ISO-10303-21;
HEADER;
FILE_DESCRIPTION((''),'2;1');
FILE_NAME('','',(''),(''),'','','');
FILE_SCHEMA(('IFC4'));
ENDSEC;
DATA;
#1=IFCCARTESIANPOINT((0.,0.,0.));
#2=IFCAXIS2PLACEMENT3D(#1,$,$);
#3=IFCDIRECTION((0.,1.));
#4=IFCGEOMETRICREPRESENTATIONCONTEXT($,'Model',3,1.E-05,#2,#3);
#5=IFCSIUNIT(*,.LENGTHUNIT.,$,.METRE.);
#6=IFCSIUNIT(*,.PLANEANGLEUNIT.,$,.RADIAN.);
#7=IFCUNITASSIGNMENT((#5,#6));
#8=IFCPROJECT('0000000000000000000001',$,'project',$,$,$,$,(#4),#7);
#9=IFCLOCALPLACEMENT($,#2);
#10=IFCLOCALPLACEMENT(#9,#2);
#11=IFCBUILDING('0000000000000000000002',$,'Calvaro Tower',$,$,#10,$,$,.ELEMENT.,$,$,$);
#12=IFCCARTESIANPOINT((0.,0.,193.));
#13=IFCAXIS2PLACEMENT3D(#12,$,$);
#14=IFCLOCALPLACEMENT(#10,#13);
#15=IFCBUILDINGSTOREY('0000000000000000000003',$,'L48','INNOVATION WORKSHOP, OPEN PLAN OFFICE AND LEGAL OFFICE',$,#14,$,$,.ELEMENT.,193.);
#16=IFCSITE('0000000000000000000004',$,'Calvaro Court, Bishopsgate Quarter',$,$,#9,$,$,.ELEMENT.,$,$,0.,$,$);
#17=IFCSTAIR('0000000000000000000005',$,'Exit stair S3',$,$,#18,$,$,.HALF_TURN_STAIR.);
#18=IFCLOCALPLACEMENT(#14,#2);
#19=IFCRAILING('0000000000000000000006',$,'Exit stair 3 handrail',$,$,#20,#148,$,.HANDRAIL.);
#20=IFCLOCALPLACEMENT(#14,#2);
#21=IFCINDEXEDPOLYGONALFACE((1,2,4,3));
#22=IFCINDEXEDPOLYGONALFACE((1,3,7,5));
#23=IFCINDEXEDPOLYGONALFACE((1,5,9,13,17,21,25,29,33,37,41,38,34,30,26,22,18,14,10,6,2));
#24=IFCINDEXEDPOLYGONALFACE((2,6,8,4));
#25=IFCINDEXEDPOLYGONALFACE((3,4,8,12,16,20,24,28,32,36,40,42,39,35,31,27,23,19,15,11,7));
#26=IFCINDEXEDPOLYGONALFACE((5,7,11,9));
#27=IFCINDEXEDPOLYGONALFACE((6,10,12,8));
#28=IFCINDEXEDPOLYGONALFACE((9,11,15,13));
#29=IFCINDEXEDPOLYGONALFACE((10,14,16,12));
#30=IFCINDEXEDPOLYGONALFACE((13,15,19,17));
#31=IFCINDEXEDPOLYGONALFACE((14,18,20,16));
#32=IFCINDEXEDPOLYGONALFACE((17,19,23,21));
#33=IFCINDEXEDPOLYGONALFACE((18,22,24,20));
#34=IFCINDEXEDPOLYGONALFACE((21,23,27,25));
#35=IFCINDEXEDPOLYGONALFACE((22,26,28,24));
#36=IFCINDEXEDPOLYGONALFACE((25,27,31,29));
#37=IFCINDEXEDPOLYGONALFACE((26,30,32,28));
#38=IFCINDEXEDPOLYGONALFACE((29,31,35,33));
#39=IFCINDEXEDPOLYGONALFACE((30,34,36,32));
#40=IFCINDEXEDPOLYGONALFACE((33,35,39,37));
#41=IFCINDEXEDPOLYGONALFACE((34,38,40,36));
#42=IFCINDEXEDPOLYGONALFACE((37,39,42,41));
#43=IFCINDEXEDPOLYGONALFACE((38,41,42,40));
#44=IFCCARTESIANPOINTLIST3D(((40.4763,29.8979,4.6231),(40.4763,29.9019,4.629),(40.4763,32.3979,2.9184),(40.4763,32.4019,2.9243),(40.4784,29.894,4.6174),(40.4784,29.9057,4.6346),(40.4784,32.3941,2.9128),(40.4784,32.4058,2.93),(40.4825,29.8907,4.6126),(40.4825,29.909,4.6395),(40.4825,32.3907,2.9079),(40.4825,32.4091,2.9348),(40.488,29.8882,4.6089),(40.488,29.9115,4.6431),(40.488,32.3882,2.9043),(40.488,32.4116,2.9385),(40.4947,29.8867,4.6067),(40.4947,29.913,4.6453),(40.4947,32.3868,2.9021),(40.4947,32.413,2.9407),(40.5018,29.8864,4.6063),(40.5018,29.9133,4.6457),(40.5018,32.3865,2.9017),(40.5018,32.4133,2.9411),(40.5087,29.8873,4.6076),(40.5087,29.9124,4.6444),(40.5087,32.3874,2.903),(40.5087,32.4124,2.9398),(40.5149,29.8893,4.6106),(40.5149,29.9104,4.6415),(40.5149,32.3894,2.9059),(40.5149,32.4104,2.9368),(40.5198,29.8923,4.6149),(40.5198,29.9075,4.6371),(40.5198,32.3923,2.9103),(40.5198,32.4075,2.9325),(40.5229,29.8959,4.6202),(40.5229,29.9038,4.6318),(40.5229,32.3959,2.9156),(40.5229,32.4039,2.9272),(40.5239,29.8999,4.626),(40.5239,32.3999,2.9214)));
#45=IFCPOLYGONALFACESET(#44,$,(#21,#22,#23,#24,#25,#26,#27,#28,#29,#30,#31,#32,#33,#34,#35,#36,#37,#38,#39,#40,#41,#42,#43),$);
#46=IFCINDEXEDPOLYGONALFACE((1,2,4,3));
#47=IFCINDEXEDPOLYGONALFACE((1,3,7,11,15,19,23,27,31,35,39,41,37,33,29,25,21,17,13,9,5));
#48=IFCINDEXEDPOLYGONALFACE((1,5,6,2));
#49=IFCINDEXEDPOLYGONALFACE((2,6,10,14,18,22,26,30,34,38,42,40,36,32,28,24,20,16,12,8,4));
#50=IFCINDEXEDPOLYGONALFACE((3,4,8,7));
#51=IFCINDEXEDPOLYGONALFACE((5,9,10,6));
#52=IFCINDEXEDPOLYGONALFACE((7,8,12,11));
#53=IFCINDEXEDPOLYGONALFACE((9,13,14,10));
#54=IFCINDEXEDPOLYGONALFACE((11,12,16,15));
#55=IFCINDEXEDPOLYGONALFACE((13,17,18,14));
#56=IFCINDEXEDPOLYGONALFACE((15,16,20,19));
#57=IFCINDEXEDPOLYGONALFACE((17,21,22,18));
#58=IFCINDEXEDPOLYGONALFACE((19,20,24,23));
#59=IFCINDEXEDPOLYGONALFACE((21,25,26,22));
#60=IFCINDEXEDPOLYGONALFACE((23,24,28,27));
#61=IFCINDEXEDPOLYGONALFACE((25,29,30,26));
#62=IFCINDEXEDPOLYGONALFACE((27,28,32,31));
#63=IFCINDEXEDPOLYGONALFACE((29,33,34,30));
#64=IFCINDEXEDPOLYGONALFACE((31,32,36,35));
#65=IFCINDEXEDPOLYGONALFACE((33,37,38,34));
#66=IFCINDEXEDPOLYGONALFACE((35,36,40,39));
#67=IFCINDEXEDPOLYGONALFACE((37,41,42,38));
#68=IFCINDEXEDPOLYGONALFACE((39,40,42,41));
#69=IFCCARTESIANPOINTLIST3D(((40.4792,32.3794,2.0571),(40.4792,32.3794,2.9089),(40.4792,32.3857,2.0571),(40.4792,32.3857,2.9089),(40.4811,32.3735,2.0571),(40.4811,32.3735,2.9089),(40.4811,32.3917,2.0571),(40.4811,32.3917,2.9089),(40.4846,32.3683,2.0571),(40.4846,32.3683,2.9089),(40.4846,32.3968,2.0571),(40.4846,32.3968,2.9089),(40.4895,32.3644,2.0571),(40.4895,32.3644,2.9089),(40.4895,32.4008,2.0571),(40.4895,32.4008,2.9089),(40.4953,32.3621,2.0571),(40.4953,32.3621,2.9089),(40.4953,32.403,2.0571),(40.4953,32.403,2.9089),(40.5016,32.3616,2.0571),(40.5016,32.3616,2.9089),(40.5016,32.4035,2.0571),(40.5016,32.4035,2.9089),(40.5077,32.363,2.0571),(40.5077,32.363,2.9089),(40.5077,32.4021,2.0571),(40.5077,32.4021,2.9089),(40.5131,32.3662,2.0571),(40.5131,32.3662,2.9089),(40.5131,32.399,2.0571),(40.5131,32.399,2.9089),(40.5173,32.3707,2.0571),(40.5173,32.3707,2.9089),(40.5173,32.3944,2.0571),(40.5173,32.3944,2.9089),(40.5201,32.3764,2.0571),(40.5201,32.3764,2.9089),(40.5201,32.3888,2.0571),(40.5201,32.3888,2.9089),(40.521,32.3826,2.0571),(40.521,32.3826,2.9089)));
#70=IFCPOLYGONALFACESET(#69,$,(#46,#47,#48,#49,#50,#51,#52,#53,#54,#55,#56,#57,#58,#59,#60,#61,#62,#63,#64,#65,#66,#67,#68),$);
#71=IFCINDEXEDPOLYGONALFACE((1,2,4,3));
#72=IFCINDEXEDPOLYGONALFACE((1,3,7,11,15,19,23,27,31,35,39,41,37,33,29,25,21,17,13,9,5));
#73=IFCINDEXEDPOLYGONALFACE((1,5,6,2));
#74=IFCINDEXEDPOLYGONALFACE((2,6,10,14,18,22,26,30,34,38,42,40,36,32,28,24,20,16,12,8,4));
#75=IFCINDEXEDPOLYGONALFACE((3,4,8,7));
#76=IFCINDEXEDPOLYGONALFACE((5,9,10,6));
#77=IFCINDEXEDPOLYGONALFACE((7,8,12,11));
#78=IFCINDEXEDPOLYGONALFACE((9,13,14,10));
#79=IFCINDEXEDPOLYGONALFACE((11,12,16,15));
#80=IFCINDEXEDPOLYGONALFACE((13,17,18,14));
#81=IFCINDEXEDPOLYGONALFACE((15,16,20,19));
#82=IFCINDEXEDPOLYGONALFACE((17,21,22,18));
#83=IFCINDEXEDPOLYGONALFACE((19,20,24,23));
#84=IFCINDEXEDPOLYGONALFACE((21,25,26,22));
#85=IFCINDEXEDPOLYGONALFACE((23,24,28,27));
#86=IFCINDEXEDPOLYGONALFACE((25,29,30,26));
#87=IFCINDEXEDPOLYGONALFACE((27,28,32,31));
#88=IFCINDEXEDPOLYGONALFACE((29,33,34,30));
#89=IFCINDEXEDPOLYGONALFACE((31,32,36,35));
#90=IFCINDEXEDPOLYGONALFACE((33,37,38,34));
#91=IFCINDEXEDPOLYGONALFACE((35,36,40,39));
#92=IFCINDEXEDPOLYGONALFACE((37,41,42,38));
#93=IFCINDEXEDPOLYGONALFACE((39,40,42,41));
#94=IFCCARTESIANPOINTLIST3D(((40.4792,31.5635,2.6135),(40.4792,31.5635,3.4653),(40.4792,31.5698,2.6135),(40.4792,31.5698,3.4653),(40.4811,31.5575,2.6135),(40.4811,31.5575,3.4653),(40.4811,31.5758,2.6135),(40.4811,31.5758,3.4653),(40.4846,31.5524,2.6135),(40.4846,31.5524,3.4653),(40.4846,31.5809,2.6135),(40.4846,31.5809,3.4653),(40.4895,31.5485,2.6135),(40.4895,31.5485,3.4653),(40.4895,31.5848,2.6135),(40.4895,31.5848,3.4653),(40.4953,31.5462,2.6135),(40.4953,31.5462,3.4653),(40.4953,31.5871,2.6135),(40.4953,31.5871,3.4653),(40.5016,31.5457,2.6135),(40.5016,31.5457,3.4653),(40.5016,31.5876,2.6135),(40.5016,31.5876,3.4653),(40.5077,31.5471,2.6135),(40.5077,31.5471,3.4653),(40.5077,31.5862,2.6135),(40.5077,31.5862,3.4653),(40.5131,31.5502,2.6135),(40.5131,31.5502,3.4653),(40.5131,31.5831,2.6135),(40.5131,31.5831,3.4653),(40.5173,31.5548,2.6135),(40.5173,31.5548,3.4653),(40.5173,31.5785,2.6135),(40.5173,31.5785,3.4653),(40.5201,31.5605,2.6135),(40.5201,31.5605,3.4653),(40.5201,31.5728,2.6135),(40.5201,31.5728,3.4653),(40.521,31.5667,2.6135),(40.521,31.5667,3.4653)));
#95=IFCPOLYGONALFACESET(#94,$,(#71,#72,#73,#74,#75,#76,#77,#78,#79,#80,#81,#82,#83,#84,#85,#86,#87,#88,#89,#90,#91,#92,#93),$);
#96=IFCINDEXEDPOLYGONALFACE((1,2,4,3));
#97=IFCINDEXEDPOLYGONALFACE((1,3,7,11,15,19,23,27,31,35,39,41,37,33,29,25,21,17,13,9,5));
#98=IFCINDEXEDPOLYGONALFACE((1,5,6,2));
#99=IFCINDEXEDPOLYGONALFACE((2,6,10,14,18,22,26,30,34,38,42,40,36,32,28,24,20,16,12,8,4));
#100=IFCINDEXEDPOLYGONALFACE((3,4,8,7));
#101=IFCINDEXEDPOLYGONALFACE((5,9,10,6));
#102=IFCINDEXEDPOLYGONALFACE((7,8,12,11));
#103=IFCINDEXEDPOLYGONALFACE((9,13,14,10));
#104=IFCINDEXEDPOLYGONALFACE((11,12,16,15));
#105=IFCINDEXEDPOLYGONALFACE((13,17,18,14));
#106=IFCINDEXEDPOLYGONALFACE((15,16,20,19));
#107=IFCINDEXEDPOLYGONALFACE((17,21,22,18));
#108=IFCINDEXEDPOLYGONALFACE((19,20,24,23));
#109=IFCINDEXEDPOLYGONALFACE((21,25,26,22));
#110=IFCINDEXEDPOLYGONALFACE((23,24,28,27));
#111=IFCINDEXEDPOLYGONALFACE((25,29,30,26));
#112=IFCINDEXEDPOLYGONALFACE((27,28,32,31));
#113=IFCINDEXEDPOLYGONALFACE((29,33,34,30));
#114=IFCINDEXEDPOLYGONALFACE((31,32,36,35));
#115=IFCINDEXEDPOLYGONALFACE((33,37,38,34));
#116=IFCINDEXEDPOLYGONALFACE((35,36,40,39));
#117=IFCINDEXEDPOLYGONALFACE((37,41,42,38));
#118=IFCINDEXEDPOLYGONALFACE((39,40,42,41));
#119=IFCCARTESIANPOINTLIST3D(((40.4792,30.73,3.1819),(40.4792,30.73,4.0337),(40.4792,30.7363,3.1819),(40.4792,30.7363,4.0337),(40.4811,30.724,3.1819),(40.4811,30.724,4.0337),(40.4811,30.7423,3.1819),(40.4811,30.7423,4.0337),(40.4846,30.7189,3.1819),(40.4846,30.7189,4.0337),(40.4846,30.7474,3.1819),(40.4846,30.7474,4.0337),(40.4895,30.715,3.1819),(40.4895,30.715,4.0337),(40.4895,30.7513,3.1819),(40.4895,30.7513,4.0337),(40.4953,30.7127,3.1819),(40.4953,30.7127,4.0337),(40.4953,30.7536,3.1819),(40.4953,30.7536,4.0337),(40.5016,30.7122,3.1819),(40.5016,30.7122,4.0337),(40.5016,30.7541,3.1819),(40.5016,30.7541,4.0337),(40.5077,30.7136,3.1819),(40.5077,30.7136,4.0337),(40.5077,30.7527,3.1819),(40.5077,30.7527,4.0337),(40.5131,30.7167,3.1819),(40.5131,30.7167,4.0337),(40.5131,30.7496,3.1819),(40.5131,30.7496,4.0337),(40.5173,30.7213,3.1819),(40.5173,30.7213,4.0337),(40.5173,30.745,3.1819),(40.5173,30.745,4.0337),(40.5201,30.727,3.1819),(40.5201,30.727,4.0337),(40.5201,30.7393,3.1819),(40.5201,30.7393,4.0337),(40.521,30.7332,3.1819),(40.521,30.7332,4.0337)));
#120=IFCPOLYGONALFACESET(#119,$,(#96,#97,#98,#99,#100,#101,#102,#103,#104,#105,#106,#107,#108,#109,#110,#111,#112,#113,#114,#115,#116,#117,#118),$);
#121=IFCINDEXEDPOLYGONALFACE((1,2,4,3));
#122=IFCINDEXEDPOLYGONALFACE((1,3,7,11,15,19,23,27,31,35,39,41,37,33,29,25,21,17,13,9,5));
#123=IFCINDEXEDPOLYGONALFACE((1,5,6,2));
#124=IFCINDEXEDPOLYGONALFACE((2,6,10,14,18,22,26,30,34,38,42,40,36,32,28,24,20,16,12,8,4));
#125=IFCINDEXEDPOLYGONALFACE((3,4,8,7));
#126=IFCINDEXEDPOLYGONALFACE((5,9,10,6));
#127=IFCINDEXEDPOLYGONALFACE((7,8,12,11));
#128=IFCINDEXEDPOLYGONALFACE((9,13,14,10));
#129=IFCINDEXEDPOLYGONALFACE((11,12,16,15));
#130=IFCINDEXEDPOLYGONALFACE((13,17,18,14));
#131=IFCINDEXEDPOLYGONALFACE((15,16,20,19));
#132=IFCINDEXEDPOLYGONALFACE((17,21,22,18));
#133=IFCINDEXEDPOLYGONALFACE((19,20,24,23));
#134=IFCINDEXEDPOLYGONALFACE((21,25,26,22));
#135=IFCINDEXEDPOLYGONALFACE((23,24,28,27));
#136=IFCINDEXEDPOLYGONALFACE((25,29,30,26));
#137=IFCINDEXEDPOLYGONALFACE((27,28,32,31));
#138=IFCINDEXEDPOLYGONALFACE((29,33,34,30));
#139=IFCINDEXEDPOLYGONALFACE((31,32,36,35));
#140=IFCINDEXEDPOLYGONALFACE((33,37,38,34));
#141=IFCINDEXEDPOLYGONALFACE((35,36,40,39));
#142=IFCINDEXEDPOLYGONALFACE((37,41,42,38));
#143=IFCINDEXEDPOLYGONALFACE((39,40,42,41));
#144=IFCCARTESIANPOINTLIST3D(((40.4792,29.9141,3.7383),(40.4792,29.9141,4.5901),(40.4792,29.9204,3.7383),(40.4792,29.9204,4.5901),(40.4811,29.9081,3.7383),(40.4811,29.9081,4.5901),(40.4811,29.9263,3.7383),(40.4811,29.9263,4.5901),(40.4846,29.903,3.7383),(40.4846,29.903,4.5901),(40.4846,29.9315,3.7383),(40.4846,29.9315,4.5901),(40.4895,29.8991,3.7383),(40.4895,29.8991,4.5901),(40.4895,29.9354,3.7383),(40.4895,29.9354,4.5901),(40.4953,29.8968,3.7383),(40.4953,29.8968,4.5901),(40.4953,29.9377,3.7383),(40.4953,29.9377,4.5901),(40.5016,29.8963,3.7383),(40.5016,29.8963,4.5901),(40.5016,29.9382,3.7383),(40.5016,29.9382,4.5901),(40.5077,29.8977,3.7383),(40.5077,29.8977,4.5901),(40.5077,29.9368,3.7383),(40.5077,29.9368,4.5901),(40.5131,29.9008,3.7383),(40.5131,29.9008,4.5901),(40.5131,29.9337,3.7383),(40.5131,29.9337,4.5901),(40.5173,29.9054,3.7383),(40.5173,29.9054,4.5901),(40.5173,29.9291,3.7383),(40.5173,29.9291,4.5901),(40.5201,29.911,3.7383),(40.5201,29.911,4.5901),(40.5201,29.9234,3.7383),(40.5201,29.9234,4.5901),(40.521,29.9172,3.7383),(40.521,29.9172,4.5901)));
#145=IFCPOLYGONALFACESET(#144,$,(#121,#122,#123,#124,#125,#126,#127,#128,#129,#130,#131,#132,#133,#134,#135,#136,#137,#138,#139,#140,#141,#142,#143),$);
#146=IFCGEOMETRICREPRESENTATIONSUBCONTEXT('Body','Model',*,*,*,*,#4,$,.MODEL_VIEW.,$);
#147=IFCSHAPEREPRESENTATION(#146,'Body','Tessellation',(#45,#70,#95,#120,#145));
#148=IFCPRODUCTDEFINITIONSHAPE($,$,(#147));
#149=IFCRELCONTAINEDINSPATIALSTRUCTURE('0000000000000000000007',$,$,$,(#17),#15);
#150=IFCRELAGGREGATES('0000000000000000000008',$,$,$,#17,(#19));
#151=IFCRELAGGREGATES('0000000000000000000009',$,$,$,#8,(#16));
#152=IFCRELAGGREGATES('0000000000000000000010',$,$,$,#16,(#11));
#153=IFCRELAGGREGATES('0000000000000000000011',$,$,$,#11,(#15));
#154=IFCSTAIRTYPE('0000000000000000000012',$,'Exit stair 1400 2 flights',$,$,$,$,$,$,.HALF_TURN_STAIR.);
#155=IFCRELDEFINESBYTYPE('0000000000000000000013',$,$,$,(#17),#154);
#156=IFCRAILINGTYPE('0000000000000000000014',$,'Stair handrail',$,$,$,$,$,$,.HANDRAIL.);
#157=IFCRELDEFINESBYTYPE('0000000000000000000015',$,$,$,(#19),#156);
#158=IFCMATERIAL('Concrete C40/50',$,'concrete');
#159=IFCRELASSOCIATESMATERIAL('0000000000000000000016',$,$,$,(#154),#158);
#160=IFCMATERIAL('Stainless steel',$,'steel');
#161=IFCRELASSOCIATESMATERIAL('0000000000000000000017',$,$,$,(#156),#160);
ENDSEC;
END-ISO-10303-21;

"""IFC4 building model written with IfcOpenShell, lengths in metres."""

from ifc_helpers import new_model, si_unit, direction, frame, origin, origin_2d, place, context, subcontext, project, spatial, circle, extrude, material, type_object, element, aggregate, save


model = new_model("IFC4")

# Units and contexts
model_context = context("Model", 3, precision=1e-05, world=origin(), true_north=direction((0.0, 1.0)))
body_context = subcontext(model_context, "Body", "Model", "MODEL_VIEW")
ifc_project = project(units=[si_unit("LENGTHUNIT", "METRE"), si_unit("PLANEANGLEUNIT", "RADIAN")], contexts=[model_context])

# Site, building, storey
site_placement = place(None, origin())
site = spatial("IfcSite", under=ifc_project, at=site_placement, Name="Calvaro Court, Bishopsgate Quarter", CompositionType="ELEMENT", RefElevation=0.0)
building_placement = place(site_placement, origin())
building = spatial("IfcBuilding", under=site, at=building_placement, Name="Calvaro Tower", CompositionType="ELEMENT")
storey_placement = place(building_placement, frame((0.0, 0.0, 193.0)))
storey = spatial("IfcBuildingStorey", under=building, at=storey_placement, Name="L48", Description="INNOVATION WORKSHOP, OPEN PLAN OFFICE AND LEGAL OFFICE", CompositionType="ELEMENT", Elevation=193.0)

# Stair
ifc_material_1 = material(Name="Concrete C40/50", Category="concrete")
stair_type = type_object("IfcStairType", Name="Exit stair 1400 2 flights", PredefinedType="HALF_TURN_STAIR", material=ifc_material_1)
stair_1_placement = place(storey_placement, origin())
stair_1 = element("IfcStair", 1, at=stair_1_placement, inside=storey, type_object=stair_type, Name="Exit stair S3", PredefinedType="HALF_TURN_STAIR")

# Railing
ifc_material_2 = material(Name="Stainless steel", Category="steel")
railing_type = type_object("IfcRailingType", Name="Stair handrail", PredefinedType="HANDRAIL", material=ifc_material_2)
railing_1_placement = place(storey_placement, frame((40.5, 32.3999, 2.0454)))
railing_1 = element("IfcRailing", 2, at=railing_1_placement, type_object=railing_type, Name="Exit stair 3 handrail", PredefinedType="HANDRAIL", context=body_context, shape_type="SweptSolid", body=[
    extrude(circle(Radius=0.0239, at=origin_2d()), frame((0.0, 0.0, 0.876), z_axis=(0.0, -0.826221, 0.563347), x_axis=(1.0, 0.0, 0.0)), (0.0, 0.0, 1.0), 3.0259),
    extrude(circle(Radius=0.021, at=origin_2d()), frame((0.0, -0.0173, 0.0117)), (0.0, 0.0, 1.0), 0.8518),
    extrude(circle(Radius=0.021, at=origin_2d()), frame((0.0, -0.8333, 0.5681)), (0.0, 0.0, 1.0), 0.8518),
    extrude(circle(Radius=0.021, at=origin_2d()), frame((0.0, -1.6667, 1.1365)), (0.0, 0.0, 1.0), 0.8518),
    extrude(circle(Radius=0.021, at=origin_2d()), frame((0.0, -2.4827, 1.6929)), (0.0, 0.0, 1.0), 0.8518),
])
aggregate(stair_1, [railing_1])

save(model, "model.ifc")
